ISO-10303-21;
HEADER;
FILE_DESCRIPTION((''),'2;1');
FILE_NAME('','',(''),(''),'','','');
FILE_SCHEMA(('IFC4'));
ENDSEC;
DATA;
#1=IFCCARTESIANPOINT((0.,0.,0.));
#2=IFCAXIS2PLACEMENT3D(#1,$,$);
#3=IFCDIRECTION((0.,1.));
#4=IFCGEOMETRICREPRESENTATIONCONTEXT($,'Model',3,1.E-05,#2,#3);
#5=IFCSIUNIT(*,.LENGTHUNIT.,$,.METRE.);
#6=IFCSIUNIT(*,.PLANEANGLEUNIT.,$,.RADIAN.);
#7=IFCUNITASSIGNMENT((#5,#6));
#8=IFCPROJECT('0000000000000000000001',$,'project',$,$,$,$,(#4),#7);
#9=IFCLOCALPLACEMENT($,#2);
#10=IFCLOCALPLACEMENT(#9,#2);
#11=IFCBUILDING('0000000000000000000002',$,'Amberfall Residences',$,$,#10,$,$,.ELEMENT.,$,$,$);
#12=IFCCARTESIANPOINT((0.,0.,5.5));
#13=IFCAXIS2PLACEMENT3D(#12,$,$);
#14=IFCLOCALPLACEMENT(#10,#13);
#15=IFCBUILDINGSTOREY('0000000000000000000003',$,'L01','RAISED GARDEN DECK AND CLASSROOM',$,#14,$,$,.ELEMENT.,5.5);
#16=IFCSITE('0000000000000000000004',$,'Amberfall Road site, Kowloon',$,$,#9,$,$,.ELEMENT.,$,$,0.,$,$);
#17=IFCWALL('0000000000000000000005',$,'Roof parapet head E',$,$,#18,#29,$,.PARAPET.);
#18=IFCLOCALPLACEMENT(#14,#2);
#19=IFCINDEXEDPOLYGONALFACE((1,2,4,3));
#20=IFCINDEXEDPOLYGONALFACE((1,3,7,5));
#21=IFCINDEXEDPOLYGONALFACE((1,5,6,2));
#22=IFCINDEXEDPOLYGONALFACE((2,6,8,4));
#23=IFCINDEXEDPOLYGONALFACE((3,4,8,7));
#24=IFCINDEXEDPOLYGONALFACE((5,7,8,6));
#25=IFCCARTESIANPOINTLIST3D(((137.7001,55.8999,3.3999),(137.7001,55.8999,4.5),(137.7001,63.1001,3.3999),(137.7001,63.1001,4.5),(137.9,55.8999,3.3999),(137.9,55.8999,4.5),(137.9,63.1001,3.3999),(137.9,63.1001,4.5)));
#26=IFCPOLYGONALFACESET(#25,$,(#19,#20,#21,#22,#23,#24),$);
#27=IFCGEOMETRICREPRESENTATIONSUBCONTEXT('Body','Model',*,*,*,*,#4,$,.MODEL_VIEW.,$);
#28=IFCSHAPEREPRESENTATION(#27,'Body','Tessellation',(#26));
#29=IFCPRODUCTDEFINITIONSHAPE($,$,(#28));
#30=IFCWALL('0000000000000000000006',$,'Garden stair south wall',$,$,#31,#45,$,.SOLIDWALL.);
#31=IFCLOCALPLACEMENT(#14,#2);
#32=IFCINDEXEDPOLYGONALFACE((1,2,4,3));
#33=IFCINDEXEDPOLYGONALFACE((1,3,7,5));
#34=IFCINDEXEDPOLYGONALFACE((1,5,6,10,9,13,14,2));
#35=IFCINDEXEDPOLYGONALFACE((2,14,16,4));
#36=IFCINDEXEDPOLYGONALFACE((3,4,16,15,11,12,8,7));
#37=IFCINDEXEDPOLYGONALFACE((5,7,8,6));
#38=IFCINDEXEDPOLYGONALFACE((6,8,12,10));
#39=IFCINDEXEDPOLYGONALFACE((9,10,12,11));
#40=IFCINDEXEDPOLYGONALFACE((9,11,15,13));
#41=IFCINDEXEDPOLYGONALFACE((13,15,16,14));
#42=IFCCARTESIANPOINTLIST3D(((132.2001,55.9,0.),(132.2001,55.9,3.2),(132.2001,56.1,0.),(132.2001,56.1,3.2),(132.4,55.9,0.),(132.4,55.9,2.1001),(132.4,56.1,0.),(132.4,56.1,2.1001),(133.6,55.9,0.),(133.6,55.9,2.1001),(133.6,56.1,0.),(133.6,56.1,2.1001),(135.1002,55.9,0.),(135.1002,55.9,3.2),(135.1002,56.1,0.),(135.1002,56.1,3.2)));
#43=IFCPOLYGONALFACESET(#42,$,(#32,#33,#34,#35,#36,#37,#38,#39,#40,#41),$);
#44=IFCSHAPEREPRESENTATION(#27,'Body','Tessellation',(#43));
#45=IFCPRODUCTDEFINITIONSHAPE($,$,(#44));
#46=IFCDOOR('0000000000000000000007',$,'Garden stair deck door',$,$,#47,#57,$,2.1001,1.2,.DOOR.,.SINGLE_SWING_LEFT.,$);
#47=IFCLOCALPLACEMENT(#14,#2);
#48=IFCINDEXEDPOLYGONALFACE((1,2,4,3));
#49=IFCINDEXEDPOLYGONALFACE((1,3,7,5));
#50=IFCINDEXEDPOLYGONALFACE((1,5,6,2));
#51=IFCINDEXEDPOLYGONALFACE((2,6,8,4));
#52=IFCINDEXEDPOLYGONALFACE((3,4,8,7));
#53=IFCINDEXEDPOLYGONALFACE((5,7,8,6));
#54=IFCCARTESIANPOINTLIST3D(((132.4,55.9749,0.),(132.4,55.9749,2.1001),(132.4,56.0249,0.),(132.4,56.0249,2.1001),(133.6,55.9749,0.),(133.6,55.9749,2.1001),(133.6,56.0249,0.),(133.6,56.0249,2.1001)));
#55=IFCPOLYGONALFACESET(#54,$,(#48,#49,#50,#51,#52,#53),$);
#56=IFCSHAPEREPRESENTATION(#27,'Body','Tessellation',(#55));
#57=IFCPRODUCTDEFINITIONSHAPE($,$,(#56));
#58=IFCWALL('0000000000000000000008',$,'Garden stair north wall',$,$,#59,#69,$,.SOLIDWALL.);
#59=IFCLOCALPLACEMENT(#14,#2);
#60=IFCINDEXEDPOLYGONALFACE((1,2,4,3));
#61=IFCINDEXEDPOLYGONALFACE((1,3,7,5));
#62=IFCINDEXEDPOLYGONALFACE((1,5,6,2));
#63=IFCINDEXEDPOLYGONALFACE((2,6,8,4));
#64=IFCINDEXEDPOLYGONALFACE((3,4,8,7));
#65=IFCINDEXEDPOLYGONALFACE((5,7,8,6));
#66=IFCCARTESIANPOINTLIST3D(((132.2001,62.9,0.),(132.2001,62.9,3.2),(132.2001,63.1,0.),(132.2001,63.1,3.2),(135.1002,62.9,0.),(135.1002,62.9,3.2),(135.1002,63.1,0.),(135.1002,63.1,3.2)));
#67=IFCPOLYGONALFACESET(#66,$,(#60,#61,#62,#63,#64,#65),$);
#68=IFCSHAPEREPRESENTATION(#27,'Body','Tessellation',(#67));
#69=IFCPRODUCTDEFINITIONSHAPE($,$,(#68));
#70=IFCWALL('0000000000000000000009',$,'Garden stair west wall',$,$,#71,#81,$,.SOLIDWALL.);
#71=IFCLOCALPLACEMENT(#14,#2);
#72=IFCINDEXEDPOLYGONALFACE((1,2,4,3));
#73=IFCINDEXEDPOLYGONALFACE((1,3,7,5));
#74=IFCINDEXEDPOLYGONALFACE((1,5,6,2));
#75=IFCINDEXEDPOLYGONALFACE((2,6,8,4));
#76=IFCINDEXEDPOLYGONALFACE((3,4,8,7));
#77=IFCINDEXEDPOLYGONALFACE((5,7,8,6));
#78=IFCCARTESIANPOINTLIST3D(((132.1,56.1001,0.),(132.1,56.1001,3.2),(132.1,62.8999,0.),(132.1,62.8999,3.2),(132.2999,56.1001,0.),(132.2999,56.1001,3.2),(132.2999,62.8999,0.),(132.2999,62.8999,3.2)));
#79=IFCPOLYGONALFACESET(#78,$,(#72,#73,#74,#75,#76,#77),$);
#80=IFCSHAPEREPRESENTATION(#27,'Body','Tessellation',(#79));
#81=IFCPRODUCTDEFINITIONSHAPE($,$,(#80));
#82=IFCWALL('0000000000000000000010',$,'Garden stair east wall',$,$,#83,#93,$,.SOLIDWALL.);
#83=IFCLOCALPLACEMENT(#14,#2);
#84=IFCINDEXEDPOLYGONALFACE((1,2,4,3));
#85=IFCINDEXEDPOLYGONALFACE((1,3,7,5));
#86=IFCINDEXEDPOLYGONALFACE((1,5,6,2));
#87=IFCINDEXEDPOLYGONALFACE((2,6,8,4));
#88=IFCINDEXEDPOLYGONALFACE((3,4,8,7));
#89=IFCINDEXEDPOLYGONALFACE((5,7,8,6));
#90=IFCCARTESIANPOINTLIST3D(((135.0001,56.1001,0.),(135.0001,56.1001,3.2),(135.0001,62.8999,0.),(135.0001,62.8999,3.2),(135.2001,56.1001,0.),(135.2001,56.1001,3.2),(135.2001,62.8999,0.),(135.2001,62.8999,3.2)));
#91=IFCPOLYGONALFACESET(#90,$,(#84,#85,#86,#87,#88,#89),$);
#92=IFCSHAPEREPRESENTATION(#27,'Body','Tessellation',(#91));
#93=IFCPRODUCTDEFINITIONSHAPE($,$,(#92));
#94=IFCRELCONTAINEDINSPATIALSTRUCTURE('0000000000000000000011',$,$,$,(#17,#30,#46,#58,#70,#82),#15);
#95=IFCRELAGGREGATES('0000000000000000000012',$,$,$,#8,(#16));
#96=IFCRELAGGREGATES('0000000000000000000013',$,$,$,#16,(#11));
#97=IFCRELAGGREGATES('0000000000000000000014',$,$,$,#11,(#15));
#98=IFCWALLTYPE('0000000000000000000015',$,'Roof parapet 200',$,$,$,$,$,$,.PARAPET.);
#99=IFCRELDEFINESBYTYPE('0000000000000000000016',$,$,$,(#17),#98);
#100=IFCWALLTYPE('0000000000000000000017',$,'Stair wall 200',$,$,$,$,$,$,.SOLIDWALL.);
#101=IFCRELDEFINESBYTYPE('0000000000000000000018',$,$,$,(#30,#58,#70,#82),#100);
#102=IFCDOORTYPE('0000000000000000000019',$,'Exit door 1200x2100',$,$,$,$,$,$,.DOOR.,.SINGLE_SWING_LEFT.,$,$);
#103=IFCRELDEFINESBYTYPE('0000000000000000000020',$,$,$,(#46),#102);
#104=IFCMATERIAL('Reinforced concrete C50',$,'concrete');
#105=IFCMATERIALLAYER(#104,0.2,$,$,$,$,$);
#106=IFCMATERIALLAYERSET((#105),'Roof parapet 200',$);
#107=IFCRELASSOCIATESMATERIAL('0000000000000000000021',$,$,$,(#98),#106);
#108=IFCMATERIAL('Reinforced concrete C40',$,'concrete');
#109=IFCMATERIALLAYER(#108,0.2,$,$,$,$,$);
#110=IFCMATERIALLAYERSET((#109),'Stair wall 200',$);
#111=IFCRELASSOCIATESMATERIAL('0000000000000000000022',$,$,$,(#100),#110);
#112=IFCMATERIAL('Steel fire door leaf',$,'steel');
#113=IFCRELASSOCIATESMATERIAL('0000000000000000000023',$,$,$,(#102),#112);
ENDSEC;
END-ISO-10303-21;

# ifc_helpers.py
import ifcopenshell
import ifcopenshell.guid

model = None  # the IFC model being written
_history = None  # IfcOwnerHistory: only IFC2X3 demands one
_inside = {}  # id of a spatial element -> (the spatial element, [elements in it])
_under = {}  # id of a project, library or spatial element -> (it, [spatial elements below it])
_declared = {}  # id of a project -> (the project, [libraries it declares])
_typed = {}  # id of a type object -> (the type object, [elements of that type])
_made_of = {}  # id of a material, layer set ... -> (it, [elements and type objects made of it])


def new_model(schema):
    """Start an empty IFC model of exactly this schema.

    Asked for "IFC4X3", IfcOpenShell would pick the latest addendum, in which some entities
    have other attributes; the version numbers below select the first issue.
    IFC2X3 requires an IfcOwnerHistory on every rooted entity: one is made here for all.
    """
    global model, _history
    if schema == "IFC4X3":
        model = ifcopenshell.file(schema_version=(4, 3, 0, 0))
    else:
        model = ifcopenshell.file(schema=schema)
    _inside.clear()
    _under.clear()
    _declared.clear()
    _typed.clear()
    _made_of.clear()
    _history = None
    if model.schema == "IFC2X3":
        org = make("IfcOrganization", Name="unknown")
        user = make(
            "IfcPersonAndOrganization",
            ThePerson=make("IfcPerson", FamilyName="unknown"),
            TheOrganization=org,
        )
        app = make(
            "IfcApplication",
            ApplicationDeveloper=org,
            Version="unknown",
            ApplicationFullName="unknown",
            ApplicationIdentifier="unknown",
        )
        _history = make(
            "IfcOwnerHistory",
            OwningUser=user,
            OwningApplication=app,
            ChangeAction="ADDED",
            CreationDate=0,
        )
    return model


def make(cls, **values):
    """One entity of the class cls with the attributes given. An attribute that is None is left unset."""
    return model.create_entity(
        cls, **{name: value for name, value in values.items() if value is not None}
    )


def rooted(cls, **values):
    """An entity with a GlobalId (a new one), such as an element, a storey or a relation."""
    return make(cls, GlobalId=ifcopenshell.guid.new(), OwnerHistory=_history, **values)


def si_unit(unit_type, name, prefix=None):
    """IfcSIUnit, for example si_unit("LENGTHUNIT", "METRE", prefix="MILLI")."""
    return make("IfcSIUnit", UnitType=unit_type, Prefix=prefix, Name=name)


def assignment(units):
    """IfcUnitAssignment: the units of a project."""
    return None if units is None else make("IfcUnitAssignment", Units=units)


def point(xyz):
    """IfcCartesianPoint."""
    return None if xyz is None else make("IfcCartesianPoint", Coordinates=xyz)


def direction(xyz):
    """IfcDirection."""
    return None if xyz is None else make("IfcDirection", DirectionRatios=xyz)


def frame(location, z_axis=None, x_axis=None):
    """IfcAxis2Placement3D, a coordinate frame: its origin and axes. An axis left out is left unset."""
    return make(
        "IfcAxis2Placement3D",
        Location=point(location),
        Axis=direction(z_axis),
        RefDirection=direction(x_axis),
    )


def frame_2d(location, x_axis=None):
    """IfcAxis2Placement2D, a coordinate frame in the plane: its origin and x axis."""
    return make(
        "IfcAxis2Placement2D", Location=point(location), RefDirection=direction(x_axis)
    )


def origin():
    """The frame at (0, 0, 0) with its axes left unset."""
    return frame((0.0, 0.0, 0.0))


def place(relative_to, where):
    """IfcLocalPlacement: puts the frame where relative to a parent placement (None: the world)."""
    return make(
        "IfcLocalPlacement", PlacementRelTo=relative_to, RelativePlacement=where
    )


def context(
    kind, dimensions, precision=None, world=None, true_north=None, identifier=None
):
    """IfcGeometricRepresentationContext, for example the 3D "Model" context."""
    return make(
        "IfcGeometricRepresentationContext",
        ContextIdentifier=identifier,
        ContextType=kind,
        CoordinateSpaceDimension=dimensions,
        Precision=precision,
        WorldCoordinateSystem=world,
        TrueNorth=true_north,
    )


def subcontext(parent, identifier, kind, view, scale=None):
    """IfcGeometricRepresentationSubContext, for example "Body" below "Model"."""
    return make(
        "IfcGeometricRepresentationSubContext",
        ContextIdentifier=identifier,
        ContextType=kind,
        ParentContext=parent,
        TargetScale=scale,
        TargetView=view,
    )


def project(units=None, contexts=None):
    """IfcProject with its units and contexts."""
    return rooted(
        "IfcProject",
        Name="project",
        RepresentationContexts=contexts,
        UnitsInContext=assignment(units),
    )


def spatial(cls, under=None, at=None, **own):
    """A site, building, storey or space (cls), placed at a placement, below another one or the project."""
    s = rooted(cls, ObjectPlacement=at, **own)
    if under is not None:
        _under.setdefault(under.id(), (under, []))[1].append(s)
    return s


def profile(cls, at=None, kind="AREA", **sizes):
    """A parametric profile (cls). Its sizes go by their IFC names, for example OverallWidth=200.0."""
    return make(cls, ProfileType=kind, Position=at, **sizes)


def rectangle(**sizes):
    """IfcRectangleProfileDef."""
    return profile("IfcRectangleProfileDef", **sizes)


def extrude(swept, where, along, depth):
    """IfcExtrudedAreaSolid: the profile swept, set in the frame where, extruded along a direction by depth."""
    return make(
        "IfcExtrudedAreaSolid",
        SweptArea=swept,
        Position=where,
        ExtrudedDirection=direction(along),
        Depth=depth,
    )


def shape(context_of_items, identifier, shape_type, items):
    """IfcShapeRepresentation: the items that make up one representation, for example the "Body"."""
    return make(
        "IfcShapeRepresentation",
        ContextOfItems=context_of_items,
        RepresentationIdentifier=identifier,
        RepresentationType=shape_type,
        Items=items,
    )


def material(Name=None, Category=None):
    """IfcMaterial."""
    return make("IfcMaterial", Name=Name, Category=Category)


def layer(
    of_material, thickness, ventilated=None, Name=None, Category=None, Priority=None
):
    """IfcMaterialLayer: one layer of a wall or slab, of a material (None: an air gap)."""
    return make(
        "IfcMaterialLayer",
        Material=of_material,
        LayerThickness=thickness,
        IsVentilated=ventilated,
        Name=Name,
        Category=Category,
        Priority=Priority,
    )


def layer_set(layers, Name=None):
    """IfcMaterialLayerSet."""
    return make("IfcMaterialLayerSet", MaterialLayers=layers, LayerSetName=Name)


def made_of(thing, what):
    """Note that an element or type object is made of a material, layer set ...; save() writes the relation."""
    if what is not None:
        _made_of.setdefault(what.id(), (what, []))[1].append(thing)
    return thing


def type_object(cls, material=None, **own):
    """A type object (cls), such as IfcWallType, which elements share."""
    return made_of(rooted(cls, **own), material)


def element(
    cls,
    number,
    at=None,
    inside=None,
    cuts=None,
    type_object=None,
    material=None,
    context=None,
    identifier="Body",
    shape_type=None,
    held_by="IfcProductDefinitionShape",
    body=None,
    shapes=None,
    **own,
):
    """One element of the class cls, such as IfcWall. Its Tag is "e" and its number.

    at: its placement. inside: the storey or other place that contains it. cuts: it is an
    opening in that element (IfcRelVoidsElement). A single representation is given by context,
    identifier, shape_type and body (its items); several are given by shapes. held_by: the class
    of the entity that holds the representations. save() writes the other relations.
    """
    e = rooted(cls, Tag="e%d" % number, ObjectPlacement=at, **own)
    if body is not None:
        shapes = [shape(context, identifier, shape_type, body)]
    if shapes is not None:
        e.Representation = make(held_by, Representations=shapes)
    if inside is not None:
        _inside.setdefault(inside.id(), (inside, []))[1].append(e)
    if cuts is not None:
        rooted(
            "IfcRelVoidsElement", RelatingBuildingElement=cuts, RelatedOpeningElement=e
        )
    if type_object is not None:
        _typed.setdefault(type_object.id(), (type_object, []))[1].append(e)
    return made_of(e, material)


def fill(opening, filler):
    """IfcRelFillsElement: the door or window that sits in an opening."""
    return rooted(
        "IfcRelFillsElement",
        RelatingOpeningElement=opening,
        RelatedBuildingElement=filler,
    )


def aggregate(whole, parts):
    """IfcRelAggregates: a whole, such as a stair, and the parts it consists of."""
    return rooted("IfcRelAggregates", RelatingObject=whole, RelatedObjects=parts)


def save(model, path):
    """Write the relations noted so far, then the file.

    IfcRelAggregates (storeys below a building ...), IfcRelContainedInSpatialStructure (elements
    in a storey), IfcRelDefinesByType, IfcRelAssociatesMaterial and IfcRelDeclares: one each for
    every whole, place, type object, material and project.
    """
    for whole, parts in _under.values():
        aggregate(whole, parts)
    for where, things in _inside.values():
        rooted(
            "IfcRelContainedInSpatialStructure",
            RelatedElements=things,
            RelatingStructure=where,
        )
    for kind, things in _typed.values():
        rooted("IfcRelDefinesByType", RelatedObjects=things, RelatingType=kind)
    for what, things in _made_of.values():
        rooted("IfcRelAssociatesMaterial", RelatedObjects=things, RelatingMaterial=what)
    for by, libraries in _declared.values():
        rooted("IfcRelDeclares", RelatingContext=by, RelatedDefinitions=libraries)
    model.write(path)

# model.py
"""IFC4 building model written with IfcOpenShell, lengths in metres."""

from ifc_helpers import new_model, si_unit, direction, frame, frame_2d, origin, place, context, subcontext, project, spatial, rectangle, extrude, material, layer, layer_set, type_object, element, fill, save


model = new_model("IFC4")

# Units and contexts
model_context = context("Model", 3, precision=1e-05, world=origin(), true_north=direction((0.0, 1.0)))
body_context = subcontext(model_context, "Body", "Model", "MODEL_VIEW")
ifc_project = project(units=[si_unit("LENGTHUNIT", "METRE"), si_unit("PLANEANGLEUNIT", "RADIAN")], contexts=[model_context])

# Site, building, storey
site_placement = place(None, origin())
site = spatial("IfcSite", under=ifc_project, at=site_placement, Name="Amberfall Road site, Kowloon", CompositionType="ELEMENT", RefElevation=0.0)
building_placement = place(site_placement, origin())
building = spatial("IfcBuilding", under=site, at=building_placement, Name="Amberfall Residences", CompositionType="ELEMENT")
storey_placement = place(building_placement, frame((0.0, 0.0, 5.5)))
storey = spatial("IfcBuildingStorey", under=building, at=storey_placement, Name="L01", Description="RAISED GARDEN DECK AND CLASSROOM", CompositionType="ELEMENT", Elevation=5.5)

# Shared definitions
ifc_material_1 = material(Name="Reinforced concrete C40", Category="concrete")

# Wall
ifc_material_2 = material(Name="Reinforced concrete C50", Category="concrete")
ifc_layer_1 = layer(ifc_material_2, 0.2)
ifc_layer_set_1 = layer_set([ifc_layer_1], Name="Roof parapet 200")
wall_type_1 = type_object("IfcWallType", Name="Roof parapet 200", PredefinedType="PARAPET", material=ifc_layer_set_1)
for number, where, z_axis, x_axis, name in (
    (1, (137.8, 55.8999, 3.3999), (0.0, 0.0, 1.0), (0.0, 1.0, 0.0), "Roof parapet head E"),
):
    element("IfcWall", number, at=place(storey_placement, frame(where, z_axis=z_axis, x_axis=x_axis)), inside=storey, type_object=wall_type_1, Name=name, PredefinedType="PARAPET", context=body_context, shape_type="SweptSolid", body=[
        extrude(rectangle(XDim=7.2002, YDim=0.2, at=frame_2d((3.6001, 0.0))), origin(), (0.0, 0.0, 1.0), 1.1001),
    ])

# Wall, opening, door
ifc_layer_2 = layer(ifc_material_1, 0.2)
ifc_layer_set_2 = layer_set([ifc_layer_2], Name="Stair wall 200")
wall_type_2 = type_object("IfcWallType", Name="Stair wall 200", PredefinedType="SOLIDWALL", material=ifc_layer_set_2)
wall_1_placement = place(storey_placement, frame((132.2, 56.0, 0.0), z_axis=(0.0, 0.0, 1.0), x_axis=(1.0, 0.0, 0.0)))
wall_1 = element("IfcWall", 2, at=wall_1_placement, inside=storey, type_object=wall_type_2, Name="Garden stair south wall", PredefinedType="SOLIDWALL", context=body_context, shape_type="SweptSolid", body=[
    extrude(rectangle(XDim=2.9001, YDim=0.2, at=frame_2d((1.4502, 0.0))), origin(), (0.0, 0.0, 1.0), 3.2),
])
opening_1_placement = place(wall_1_placement, frame((0.2, 0.0, 0.0)))
opening_1 = element("IfcOpeningElement", 3, at=opening_1_placement, cuts=wall_1, PredefinedType="OPENING", context=body_context, shape_type="SweptSolid", body=[
    extrude(rectangle(XDim=1.2, YDim=2.1001, at=frame_2d((0.6001, 1.05))), frame((0.0, 0.1099, 0.0), z_axis=(0.0, -1.0, 0.0), x_axis=(1.0, 0.0, 0.0)), (0.0, 0.0, 1.0), 0.22),
])
ifc_material_3 = material(Name="Steel fire door leaf", Category="steel")
door_type_1 = type_object("IfcDoorType", Name="Exit door 1200x2100", OperationType="SINGLE_SWING_LEFT", PredefinedType="DOOR", material=ifc_material_3)
door_1_placement = place(opening_1_placement, origin())
door_1 = element("IfcDoor", 4, at=door_1_placement, inside=storey, type_object=door_type_1, Name="Garden stair deck door", OperationType="SINGLE_SWING_LEFT", OverallHeight=2.1001, OverallWidth=1.2, PredefinedType="DOOR", context=body_context, shape_type="SweptSolid", body=[
    extrude(rectangle(XDim=1.2, YDim=2.1001, at=frame_2d((0.6001, 1.05))), frame((0.0, 0.0249, 0.0), z_axis=(0.0, -1.0, 0.0), x_axis=(1.0, 0.0, 0.0)), (0.0, 0.0, 1.0), 0.05),
])
fill(opening_1, door_1)

# Walls
wall_2_placement = place(storey_placement, frame((132.2, 63.0, 0.0), z_axis=(0.0, 0.0, 1.0), x_axis=(1.0, 0.0, 0.0)))
element("IfcWall", 5, at=wall_2_placement, inside=storey, type_object=wall_type_2, Name="Garden stair north wall", PredefinedType="SOLIDWALL", context=body_context, shape_type="SweptSolid", body=[
    extrude(rectangle(XDim=2.9001, YDim=0.2, at=frame_2d((1.4502, 0.0))), origin(), (0.0, 0.0, 1.0), 3.2),
])
for number, where, z_axis, x_axis, name in (
    (6, (132.2, 56.1001, 0.0), (0.0, 0.0, 1.0), (0.0, 1.0, 0.0), "Garden stair west wall"),
    (7, (135.1001, 56.1001, 0.0), (0.0, 0.0, 1.0), (0.0, 1.0, 0.0), "Garden stair east wall"),
):
    element("IfcWall", number, at=place(storey_placement, frame(where, z_axis=z_axis, x_axis=x_axis)), inside=storey, type_object=wall_type_2, Name=name, PredefinedType="SOLIDWALL", context=body_context, shape_type="SweptSolid", body=[
        extrude(rectangle(XDim=6.7998, YDim=0.2, at=frame_2d((3.3999, 0.0))), origin(), (0.0, 0.0, 1.0), 3.2),
    ])

save(model, "model.ifc")
